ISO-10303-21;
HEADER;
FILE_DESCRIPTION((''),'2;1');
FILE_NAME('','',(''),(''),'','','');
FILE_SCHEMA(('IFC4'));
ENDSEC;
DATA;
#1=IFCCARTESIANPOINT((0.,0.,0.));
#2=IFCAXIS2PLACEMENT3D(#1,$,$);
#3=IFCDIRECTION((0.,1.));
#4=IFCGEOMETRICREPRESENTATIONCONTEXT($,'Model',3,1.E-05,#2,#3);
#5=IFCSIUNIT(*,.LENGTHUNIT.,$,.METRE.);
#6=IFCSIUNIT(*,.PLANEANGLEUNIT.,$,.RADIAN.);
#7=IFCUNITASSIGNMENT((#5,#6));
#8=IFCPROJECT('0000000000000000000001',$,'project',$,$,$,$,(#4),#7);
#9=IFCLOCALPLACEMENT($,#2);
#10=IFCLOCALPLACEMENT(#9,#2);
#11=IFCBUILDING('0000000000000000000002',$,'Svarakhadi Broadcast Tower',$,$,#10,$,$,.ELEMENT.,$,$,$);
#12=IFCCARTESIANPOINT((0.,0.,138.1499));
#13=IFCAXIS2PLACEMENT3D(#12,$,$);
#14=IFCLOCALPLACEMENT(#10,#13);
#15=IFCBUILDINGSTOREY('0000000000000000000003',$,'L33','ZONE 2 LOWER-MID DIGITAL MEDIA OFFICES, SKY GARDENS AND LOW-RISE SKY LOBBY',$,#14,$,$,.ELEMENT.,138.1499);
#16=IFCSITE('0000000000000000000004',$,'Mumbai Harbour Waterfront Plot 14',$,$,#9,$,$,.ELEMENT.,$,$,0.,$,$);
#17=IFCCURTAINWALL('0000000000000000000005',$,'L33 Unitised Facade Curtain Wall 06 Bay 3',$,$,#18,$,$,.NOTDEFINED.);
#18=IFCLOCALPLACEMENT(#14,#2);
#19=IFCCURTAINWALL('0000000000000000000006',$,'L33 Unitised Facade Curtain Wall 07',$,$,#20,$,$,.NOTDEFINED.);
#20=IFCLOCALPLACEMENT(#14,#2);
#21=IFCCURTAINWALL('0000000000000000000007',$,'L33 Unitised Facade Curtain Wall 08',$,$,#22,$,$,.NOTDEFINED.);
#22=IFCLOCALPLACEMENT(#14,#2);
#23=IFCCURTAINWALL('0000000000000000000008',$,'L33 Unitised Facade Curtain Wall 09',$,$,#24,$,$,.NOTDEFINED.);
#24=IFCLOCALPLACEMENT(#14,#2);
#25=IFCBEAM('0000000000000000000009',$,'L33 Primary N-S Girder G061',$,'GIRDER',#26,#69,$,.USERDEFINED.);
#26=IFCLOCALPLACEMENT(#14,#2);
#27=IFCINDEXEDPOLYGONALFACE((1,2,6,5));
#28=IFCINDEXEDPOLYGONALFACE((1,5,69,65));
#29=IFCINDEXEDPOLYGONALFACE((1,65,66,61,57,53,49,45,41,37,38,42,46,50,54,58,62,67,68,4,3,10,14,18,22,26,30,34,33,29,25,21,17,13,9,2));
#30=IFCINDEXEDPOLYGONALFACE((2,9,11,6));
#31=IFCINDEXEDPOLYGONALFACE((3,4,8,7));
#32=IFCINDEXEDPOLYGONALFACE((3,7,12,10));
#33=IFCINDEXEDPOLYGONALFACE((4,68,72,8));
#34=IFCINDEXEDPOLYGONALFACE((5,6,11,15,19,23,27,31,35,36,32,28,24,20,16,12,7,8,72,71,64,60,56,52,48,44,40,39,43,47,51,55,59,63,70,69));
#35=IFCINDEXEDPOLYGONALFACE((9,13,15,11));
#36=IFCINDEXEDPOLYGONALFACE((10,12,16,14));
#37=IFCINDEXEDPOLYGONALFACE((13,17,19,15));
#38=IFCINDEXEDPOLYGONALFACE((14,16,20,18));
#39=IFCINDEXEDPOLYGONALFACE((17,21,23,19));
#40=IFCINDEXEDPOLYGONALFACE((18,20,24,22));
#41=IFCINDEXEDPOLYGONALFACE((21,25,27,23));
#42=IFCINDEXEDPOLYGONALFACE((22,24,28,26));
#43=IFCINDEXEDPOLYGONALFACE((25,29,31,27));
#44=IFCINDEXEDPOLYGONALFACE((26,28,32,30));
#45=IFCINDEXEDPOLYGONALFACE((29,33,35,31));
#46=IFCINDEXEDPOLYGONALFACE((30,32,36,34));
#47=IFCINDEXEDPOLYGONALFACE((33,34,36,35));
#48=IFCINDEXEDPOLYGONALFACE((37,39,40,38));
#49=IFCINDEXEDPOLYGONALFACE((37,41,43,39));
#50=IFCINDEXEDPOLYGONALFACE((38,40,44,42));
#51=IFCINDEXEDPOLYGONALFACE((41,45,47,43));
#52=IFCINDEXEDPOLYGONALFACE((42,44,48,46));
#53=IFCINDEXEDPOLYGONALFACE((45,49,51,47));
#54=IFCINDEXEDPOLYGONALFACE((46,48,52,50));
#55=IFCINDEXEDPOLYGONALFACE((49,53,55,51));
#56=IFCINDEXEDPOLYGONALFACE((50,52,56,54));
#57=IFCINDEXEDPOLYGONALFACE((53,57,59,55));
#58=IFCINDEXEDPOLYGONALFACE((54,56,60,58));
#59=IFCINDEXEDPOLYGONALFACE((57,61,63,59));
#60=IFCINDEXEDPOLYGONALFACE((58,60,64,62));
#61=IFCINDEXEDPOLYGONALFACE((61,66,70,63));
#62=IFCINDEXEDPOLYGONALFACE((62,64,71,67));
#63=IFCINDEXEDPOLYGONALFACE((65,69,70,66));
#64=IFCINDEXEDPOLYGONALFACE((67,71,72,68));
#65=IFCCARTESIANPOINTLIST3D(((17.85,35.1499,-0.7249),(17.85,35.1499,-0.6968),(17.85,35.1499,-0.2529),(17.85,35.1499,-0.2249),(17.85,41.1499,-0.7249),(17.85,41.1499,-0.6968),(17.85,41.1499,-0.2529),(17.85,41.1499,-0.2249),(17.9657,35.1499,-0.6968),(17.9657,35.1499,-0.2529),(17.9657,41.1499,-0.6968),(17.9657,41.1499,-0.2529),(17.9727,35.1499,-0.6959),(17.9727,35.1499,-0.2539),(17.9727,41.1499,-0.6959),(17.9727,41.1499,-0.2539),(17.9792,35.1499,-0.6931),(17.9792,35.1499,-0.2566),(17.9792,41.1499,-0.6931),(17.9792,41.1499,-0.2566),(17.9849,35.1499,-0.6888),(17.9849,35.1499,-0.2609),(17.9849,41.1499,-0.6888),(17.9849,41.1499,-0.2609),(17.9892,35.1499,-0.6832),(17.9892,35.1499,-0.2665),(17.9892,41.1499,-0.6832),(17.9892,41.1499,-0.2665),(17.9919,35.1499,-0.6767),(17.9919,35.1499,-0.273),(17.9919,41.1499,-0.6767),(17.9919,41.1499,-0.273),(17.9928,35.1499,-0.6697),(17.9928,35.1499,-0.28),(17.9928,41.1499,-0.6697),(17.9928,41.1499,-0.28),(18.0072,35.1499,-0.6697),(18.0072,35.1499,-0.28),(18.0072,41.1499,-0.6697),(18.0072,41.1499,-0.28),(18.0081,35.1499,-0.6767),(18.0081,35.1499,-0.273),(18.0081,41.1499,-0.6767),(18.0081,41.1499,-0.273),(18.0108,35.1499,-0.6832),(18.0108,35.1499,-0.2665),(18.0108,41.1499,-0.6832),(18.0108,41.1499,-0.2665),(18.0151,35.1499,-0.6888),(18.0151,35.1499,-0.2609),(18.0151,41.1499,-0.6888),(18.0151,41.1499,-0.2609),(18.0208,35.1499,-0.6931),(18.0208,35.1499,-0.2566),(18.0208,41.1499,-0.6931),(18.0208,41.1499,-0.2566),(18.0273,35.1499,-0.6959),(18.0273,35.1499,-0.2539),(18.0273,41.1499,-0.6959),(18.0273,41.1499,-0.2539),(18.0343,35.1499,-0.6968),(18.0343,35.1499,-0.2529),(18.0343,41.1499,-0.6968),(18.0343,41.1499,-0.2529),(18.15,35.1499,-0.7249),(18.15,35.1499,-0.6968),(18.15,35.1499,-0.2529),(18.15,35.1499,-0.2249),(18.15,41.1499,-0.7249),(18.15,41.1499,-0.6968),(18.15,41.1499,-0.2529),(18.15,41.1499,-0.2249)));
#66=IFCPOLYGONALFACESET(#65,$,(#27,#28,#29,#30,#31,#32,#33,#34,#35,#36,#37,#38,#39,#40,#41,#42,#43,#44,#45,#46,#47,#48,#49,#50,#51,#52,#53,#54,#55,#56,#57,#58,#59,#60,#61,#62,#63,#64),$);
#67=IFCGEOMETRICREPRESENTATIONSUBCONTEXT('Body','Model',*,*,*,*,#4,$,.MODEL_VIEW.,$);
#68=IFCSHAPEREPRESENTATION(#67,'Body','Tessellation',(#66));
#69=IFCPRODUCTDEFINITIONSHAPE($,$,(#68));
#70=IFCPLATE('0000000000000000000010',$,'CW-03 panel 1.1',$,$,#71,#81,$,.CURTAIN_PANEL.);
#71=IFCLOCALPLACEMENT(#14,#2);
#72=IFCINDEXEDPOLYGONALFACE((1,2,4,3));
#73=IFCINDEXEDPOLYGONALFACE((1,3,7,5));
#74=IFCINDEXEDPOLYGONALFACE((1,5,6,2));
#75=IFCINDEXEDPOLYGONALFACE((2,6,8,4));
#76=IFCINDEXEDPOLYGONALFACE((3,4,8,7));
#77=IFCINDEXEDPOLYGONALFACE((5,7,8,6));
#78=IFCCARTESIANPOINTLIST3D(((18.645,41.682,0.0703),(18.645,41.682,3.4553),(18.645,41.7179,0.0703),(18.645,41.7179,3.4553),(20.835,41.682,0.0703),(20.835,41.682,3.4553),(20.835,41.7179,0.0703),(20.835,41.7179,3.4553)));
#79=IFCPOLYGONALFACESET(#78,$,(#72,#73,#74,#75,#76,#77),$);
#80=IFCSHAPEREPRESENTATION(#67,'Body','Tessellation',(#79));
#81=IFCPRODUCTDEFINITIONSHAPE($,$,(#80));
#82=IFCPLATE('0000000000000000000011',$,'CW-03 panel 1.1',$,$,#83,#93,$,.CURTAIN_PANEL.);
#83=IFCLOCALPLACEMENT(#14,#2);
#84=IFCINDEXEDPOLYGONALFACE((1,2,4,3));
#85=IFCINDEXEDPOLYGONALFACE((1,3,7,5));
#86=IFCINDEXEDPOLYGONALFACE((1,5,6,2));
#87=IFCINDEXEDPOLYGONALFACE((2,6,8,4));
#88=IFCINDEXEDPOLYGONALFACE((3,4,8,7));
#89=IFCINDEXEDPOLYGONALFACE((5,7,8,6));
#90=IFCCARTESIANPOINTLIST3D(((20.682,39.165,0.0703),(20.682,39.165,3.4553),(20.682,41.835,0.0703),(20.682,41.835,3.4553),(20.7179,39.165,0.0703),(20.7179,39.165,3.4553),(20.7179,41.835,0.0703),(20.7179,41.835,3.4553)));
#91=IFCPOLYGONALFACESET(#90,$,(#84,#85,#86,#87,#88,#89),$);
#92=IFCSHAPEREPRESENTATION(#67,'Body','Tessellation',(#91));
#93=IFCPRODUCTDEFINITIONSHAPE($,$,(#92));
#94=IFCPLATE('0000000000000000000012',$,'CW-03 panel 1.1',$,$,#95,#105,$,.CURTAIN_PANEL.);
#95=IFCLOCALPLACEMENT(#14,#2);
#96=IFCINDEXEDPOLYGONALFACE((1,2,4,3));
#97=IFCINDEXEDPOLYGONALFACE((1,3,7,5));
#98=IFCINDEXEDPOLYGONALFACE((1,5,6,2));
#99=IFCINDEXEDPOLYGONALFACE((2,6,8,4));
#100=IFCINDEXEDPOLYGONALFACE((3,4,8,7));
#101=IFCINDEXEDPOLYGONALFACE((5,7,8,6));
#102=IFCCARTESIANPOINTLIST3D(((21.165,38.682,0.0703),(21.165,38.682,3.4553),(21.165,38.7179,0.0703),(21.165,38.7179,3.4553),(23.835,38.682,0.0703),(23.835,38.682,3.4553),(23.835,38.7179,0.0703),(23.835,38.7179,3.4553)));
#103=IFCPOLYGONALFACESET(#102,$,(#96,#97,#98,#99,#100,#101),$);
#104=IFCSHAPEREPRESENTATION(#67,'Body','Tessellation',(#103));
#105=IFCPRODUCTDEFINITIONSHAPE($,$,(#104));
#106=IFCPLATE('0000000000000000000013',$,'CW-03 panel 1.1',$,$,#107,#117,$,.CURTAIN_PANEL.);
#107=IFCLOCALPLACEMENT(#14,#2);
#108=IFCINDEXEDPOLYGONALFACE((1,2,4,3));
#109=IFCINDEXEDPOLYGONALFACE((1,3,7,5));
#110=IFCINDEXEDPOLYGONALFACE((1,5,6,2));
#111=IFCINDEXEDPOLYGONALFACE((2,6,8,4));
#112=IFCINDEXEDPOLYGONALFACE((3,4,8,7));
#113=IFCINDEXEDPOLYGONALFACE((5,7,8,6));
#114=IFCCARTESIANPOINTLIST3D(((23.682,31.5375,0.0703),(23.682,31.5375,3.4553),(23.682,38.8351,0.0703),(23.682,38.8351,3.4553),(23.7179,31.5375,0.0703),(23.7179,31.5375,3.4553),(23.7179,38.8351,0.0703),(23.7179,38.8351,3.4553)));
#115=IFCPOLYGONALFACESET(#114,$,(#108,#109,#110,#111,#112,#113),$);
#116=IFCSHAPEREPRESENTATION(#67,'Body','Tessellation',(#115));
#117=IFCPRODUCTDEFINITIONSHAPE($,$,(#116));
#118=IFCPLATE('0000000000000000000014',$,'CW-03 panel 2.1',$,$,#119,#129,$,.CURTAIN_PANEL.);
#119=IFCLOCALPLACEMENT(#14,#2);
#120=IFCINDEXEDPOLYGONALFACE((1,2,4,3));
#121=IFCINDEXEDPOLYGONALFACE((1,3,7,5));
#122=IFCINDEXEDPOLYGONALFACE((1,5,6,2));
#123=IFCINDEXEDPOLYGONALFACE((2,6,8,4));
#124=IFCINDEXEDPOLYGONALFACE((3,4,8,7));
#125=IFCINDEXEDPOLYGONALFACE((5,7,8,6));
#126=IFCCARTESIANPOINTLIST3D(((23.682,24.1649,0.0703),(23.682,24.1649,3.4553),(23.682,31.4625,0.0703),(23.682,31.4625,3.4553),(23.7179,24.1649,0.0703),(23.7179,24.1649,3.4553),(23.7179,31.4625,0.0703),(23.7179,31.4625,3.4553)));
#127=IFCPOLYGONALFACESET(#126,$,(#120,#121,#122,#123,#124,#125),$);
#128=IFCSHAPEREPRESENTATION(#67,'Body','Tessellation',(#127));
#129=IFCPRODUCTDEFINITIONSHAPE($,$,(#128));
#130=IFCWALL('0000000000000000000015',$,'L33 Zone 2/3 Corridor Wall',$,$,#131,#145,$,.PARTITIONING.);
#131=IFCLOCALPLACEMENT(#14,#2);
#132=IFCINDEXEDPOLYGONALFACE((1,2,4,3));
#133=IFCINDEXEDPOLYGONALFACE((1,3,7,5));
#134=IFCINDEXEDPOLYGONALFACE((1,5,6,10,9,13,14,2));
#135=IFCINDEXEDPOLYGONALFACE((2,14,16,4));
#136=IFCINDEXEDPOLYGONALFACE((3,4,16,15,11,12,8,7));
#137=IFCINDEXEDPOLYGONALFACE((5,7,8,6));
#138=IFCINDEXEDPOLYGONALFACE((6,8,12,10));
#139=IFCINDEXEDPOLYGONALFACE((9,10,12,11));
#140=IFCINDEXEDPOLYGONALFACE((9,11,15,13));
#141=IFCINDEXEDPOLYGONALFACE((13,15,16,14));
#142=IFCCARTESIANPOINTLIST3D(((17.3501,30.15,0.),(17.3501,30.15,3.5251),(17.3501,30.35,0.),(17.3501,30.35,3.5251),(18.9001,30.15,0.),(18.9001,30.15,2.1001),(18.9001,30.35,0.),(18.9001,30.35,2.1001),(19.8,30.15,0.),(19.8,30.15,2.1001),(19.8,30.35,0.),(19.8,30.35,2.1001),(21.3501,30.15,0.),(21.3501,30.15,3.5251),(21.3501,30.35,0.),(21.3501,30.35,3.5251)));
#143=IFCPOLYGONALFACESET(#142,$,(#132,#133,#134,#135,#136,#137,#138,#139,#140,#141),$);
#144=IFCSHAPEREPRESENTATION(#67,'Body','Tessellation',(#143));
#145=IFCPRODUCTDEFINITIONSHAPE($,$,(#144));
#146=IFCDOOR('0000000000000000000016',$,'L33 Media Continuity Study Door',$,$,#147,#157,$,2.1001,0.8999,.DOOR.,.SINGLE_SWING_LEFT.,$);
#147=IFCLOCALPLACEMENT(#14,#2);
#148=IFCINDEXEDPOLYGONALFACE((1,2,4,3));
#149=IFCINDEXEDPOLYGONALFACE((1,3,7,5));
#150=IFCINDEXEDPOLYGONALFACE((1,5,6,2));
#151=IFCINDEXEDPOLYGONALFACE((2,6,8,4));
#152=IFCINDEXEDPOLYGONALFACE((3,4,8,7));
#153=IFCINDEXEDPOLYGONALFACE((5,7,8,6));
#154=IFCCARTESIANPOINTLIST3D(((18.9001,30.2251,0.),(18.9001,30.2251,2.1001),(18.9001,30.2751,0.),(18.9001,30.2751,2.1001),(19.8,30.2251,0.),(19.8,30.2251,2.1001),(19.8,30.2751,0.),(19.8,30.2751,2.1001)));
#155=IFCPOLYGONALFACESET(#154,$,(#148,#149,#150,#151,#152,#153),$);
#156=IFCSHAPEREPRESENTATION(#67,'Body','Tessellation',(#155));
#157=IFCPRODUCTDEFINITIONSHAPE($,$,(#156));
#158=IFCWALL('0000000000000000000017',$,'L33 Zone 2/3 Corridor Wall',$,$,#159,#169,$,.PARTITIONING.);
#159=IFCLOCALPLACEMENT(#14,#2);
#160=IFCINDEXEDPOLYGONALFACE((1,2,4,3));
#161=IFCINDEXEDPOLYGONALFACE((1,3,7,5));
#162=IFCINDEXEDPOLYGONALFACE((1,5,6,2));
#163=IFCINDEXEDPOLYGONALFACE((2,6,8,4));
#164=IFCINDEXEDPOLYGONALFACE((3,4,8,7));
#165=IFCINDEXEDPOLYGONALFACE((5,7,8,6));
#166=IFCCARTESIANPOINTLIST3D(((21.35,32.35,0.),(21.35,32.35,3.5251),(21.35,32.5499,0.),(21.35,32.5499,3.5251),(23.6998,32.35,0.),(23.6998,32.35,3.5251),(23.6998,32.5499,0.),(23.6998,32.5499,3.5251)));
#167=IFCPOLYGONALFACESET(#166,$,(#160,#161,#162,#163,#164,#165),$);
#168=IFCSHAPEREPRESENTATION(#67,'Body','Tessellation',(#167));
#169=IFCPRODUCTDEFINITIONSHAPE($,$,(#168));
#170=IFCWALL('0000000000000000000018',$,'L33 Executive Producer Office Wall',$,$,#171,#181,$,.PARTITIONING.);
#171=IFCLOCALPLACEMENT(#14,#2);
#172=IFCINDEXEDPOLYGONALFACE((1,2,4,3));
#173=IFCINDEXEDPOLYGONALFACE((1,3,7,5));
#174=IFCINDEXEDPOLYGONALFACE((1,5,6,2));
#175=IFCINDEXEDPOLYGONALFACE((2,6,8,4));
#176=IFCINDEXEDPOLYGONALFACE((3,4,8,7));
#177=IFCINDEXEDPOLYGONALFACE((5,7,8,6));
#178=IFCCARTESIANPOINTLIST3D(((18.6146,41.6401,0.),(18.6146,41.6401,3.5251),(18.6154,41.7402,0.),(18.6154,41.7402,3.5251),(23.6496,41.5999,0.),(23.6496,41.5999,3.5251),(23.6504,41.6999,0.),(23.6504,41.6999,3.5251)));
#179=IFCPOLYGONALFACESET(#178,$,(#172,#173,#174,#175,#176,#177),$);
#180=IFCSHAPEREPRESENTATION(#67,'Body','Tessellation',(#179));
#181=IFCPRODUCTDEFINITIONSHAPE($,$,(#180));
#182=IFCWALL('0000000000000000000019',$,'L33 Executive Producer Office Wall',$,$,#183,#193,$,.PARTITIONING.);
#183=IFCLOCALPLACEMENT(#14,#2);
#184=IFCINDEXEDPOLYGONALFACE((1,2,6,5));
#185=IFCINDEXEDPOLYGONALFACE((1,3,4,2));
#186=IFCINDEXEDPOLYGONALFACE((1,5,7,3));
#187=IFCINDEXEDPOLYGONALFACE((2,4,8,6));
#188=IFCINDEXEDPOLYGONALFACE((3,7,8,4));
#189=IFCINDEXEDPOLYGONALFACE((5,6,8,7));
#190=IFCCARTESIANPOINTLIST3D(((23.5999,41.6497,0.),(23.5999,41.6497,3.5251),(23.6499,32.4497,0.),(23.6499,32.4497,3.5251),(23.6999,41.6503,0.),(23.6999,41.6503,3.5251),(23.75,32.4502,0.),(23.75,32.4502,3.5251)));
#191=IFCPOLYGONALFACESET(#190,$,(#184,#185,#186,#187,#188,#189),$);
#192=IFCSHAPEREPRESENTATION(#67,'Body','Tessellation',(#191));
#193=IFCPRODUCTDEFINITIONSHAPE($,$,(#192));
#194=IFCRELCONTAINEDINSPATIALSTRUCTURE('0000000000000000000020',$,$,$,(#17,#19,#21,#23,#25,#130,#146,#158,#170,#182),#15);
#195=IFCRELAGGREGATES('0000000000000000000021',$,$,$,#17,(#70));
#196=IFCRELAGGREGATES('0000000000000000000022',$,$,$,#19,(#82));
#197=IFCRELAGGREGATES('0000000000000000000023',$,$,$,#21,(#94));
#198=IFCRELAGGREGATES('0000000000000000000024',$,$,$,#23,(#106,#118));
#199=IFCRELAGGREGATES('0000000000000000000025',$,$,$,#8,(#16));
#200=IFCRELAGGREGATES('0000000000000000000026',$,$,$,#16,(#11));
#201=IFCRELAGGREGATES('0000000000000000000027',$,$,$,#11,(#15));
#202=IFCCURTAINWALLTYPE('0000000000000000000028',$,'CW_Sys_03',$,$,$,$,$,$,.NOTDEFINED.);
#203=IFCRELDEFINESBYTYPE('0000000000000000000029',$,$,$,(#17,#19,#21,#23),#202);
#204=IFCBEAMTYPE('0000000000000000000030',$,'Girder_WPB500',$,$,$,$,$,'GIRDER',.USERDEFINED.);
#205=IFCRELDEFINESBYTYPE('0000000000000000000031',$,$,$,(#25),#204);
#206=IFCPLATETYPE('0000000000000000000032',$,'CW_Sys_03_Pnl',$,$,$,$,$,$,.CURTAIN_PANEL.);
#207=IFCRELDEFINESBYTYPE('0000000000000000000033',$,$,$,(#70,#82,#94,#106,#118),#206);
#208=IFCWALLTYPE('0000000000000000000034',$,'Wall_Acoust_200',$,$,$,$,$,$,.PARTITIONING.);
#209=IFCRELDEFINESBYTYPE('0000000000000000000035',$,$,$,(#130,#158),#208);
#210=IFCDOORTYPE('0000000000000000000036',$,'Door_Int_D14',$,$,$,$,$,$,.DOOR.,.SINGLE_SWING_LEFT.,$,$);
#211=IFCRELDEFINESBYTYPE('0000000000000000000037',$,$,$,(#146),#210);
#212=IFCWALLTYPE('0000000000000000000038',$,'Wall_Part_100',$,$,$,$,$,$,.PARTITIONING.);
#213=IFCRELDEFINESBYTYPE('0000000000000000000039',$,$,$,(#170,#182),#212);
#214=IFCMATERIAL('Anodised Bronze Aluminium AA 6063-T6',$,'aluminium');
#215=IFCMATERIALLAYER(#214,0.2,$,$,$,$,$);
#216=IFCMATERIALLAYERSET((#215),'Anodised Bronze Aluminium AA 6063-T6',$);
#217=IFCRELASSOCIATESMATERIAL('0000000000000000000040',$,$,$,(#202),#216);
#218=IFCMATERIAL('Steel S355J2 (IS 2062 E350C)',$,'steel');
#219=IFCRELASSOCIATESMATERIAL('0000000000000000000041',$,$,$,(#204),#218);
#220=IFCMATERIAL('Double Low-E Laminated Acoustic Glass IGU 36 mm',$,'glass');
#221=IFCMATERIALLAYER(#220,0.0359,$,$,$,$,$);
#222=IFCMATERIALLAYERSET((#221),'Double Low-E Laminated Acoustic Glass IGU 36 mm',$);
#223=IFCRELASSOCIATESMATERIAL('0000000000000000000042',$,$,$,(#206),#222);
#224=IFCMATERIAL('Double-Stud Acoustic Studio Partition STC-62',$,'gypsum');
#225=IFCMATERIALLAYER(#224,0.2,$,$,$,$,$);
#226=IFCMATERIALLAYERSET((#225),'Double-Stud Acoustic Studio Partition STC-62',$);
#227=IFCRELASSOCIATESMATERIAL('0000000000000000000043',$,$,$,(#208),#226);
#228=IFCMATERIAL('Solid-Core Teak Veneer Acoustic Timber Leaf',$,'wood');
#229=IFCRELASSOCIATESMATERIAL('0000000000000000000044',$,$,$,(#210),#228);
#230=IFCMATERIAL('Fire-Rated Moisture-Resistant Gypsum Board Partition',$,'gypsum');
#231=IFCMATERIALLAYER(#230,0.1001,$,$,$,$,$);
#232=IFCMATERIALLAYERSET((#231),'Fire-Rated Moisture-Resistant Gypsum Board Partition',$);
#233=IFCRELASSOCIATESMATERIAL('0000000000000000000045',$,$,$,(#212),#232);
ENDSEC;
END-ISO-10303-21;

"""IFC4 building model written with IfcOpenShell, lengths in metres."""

from ifc_helpers import new_model, si_unit, direction, frame, frame_2d, origin, origin_2d, place, context, subcontext, project, spatial, rectangle, i_section, extrude, material, layer, layer_set, material_profile, profile_set, type_object, element, fill, aggregate, save


model = new_model("IFC4")

# Units and contexts
model_context = context("Model", 3, precision=1e-05, world=origin(), true_north=direction((0.0, 1.0)))
body_context = subcontext(model_context, "Body", "Model", "MODEL_VIEW")
ifc_project = project(units=[si_unit("LENGTHUNIT", "METRE"), si_unit("PLANEANGLEUNIT", "RADIAN")], contexts=[model_context])

# Site, building, storey
site_placement = place(None, origin())
site = spatial("IfcSite", under=ifc_project, at=site_placement, Name="Mumbai Harbour Waterfront Plot 14", CompositionType="ELEMENT", RefElevation=0.0)
building_placement = place(site_placement, origin())
building = spatial("IfcBuilding", under=site, at=building_placement, Name="Svarakhadi Broadcast Tower", CompositionType="ELEMENT")
storey_placement = place(building_placement, frame((0.0, 0.0, 138.1499)))
storey = spatial("IfcBuildingStorey", under=building, at=storey_placement, Name="L33", Description="ZONE 2 LOWER-MID DIGITAL MEDIA OFFICES, SKY GARDENS AND LOW-RISE SKY LOBBY", CompositionType="ELEMENT", Elevation=138.1499)

# Curtain walls
ifc_material_1 = material(Name="Anodised Bronze Aluminium AA 6063-T6", Category="aluminium")
ifc_layer_1 = layer(ifc_material_1, 0.2)
ifc_layer_set_1 = layer_set([ifc_layer_1], Name="Anodised Bronze Aluminium AA 6063-T6")
curtain_wall_type = type_object("IfcCurtainWallType", Name="CW_Sys_03", PredefinedType="NOTDEFINED", material=ifc_layer_set_1)
curtain_wall_1_placement = place(storey_placement, origin())
curtain_wall_1 = element("IfcCurtainWall", 1, at=curtain_wall_1_placement, inside=storey, type_object=curtain_wall_type, Name="L33 Unitised Facade Curtain Wall 06 Bay 3", PredefinedType="NOTDEFINED")
curtain_wall_2_placement = place(storey_placement, origin())
curtain_wall_2 = element("IfcCurtainWall", 2, at=curtain_wall_2_placement, inside=storey, type_object=curtain_wall_type, Name="L33 Unitised Facade Curtain Wall 07", PredefinedType="NOTDEFINED")
curtain_wall_3_placement = place(storey_placement, origin())
curtain_wall_3 = element("IfcCurtainWall", 3, at=curtain_wall_3_placement, inside=storey, type_object=curtain_wall_type, Name="L33 Unitised Facade Curtain Wall 08", PredefinedType="NOTDEFINED")
curtain_wall_4_placement = place(storey_placement, origin())
curtain_wall_4 = element("IfcCurtainWall", 4, at=curtain_wall_4_placement, inside=storey, type_object=curtain_wall_type, Name="L33 Unitised Facade Curtain Wall 09", PredefinedType="NOTDEFINED")

# Beam
ifc_material_2 = material(Name="Steel S355J2 (IS 2062 E350C)", Category="steel")
ifc_material_profile_1 = material_profile(ifc_material_2, i_section(OverallWidth=0.3, OverallDepth=0.5, WebThickness=0.0144, FlangeThickness=0.0281, FilletRadius=0.0271, at=origin_2d()), Name="WPB 500x300x187")
ifc_profile_set_1 = profile_set([ifc_material_profile_1], Name="Steel S355J2 (IS 2062 E350C)")
beam_type = type_object("IfcBeamType", Name="Girder_WPB500", ElementType="GIRDER", PredefinedType="USERDEFINED", material=ifc_profile_set_1)
for number, where, z_axis, x_axis, name in (
    (5, (18.0, 35.1499, -0.4749), (0.0, 1.0, 0.0), (-1.0, 0.0, 0.0), "L33 Primary N-S Girder G061"),
):
    element("IfcBeam", number, at=place(storey_placement, frame(where, z_axis=z_axis, x_axis=x_axis)), inside=storey, type_object=beam_type, Name=name, ObjectType="GIRDER", PredefinedType="USERDEFINED", context=body_context, shape_type="SweptSolid", body=[
        extrude(i_section(OverallWidth=0.3, OverallDepth=0.5, WebThickness=0.0144, FlangeThickness=0.0281, FilletRadius=0.0271, at=origin_2d()), origin(), (0.0, 0.0, 1.0), 6.0),
    ])

# Plates
ifc_material_3 = material(Name="Double Low-E Laminated Acoustic Glass IGU 36 mm", Category="glass")
ifc_layer_2 = layer(ifc_material_3, 0.0359)
ifc_layer_set_2 = layer_set([ifc_layer_2], Name="Double Low-E Laminated Acoustic Glass IGU 36 mm")
plate_type = type_object("IfcPlateType", Name="CW_Sys_03_Pnl", PredefinedType="CURTAIN_PANEL", material=ifc_layer_set_2)
plate_1_placement = place(storey_placement, frame((19.74, 41.7, 0.0703), z_axis=(0.0, 0.0, 1.0), x_axis=(1.0, 0.0, 0.0)))
plate_1 = element("IfcPlate", 6, at=plate_1_placement, type_object=plate_type, Name="CW-03 panel 1.1", PredefinedType="CURTAIN_PANEL", context=body_context, shape_type="SweptSolid", body=[
    extrude(rectangle(XDim=2.1899, YDim=0.0359, at=origin_2d()), origin(), (0.0, 0.0, 1.0), 3.385),
])
aggregate(curtain_wall_1, [plate_1])
plate_2_placement = place(storey_placement, frame((20.7, 40.5, 0.0703), z_axis=(0.0, 0.0, 1.0), x_axis=(0.0, -1.0, 0.0)))
plate_2 = element("IfcPlate", 7, at=plate_2_placement, type_object=plate_type, Name="CW-03 panel 1.1", PredefinedType="CURTAIN_PANEL", context=body_context, shape_type="SweptSolid", body=[
    extrude(rectangle(XDim=2.6699, YDim=0.0359, at=origin_2d()), origin(), (0.0, 0.0, 1.0), 3.385),
])
aggregate(curtain_wall_2, [plate_2])
plate_3_placement = place(storey_placement, frame((22.5, 38.7, 0.0703), z_axis=(0.0, 0.0, 1.0), x_axis=(1.0, 0.0, 0.0)))
plate_3 = element("IfcPlate", 8, at=plate_3_placement, type_object=plate_type, Name="CW-03 panel 1.1", PredefinedType="CURTAIN_PANEL", context=body_context, shape_type="SweptSolid", body=[
    extrude(rectangle(XDim=2.6699, YDim=0.0359, at=origin_2d()), origin(), (0.0, 0.0, 1.0), 3.385),
])
aggregate(curtain_wall_3, [plate_3])
plate_4_placement = place(storey_placement, frame((23.7, 35.1863, 0.0703), z_axis=(0.0, 0.0, 1.0), x_axis=(0.0, -1.0, 0.0)))
plate_4 = element("IfcPlate", 9, at=plate_4_placement, type_object=plate_type, Name="CW-03 panel 1.1", PredefinedType="CURTAIN_PANEL", context=body_context, shape_type="SweptSolid", body=[
    extrude(rectangle(XDim=7.2976, YDim=0.0359, at=origin_2d()), origin(), (0.0, 0.0, 1.0), 3.385),
])
plate_5_placement = place(storey_placement, frame((23.7, 27.8137, 0.0703), z_axis=(0.0, 0.0, 1.0), x_axis=(0.0, -1.0, 0.0)))
plate_5 = element("IfcPlate", 10, at=plate_5_placement, type_object=plate_type, Name="CW-03 panel 2.1", PredefinedType="CURTAIN_PANEL", context=body_context, shape_type="SweptSolid", body=[
    extrude(rectangle(XDim=7.2976, YDim=0.0359, at=origin_2d()), origin(), (0.0, 0.0, 1.0), 3.385),
])
aggregate(curtain_wall_4, [plate_4, plate_5])

# Wall, opening, door
ifc_material_4 = material(Name="Double-Stud Acoustic Studio Partition STC-62", Category="gypsum")
ifc_layer_3 = layer(ifc_material_4, 0.2)
ifc_layer_set_3 = layer_set([ifc_layer_3], Name="Double-Stud Acoustic Studio Partition STC-62")
wall_type_1 = type_object("IfcWallType", Name="Wall_Acoust_200", PredefinedType="PARTITIONING", material=ifc_layer_set_3)
wall_1_placement = place(storey_placement, frame((21.3501, 30.25, 0.0), z_axis=(0.0, 0.0, 1.0), x_axis=(-1.0, 0.0, 0.0)))
wall_1 = element("IfcWall", 11, at=wall_1_placement, inside=storey, type_object=wall_type_1, Name="L33 Zone 2/3 Corridor Wall", PredefinedType="PARTITIONING", context=body_context, shape_type="SweptSolid", body=[
    extrude(rectangle(XDim=4.0, YDim=0.2, at=frame_2d((2.0, 0.0))), origin(), (0.0, 0.0, 1.0), 3.5251),
])
opening_placement = place(wall_1_placement, frame((1.55, 0.0, 0.0)))
opening = element("IfcOpeningElement", 12, at=opening_placement, cuts=wall_1, PredefinedType="OPENING", context=body_context, shape_type="SweptSolid", body=[
    extrude(rectangle(XDim=0.8999, YDim=2.1001, at=frame_2d((0.45, 1.05))), frame((0.0, 0.1099, 0.0), z_axis=(0.0, -1.0, 0.0), x_axis=(1.0, 0.0, 0.0)), (0.0, 0.0, 1.0), 0.22),
])
ifc_material_5 = material(Name="Solid-Core Teak Veneer Acoustic Timber Leaf", Category="wood")
door_type = type_object("IfcDoorType", Name="Door_Int_D14", OperationType="SINGLE_SWING_LEFT", PredefinedType="DOOR", material=ifc_material_5)
door_placement = place(opening_placement, origin())
door = element("IfcDoor", 13, at=door_placement, inside=storey, type_object=door_type, Name="L33 Media Continuity Study Door", OperationType="SINGLE_SWING_LEFT", OverallHeight=2.1001, OverallWidth=0.8999, PredefinedType="DOOR", context=body_context, shape_type="SweptSolid", body=[
    extrude(rectangle(XDim=0.8999, YDim=2.1001, at=frame_2d((0.45, 1.05))), frame((0.0, 0.0249, 0.0), z_axis=(0.0, -1.0, 0.0), x_axis=(1.0, 0.0, 0.0)), (0.0, 0.0, 1.0), 0.05),
])
fill(opening, door)

# Walls
wall_2_placement = place(storey_placement, frame((21.3501, 32.45, 0.0), z_axis=(0.0, 0.0, 1.0), x_axis=(1.0, 0.0, 0.0)))
element("IfcWall", 14, at=wall_2_placement, inside=storey, type_object=wall_type_1, Name="L33 Zone 2/3 Corridor Wall", PredefinedType="PARTITIONING", context=body_context, shape_type="SweptSolid", body=[
    extrude(rectangle(XDim=2.3499, YDim=0.2, at=frame_2d((1.1748, 0.0))), origin(), (0.0, 0.0, 1.0), 3.5251),
])
ifc_material_6 = material(Name="Fire-Rated Moisture-Resistant Gypsum Board Partition", Category="gypsum")
ifc_layer_4 = layer(ifc_material_6, 0.1001)
ifc_layer_set_4 = layer_set([ifc_layer_4], Name="Fire-Rated Moisture-Resistant Gypsum Board Partition")
wall_type_2 = type_object("IfcWallType", Name="Wall_Part_100", PredefinedType="PARTITIONING", material=ifc_layer_set_4)
wall_3_placement = place(storey_placement, frame((18.615, 41.6902, 0.0), z_axis=(0.0, 0.0, 1.0), x_axis=(0.999968, -0.008001, 0.0)))
element("IfcWall", 15, at=wall_3_placement, inside=storey, type_object=wall_type_2, Name="L33 Executive Producer Office Wall", PredefinedType="PARTITIONING", context=body_context, shape_type="SweptSolid", body=[
    extrude(rectangle(XDim=5.0352, YDim=0.1001, at=frame_2d((2.5176, 0.0))), origin(), (0.0, 0.0, 1.0), 3.5251),
])
wall_4_placement = place(storey_placement, frame((23.7, 32.45, 0.0), z_axis=(0.0, 0.0, 1.0), x_axis=(-0.00544, 0.999985, 0.0)))
element("IfcWall", 16, at=wall_4_placement, inside=storey, type_object=wall_type_2, Name="L33 Executive Producer Office Wall", PredefinedType="PARTITIONING", context=body_context, shape_type="SweptSolid", body=[
    extrude(rectangle(XDim=9.2002, YDim=0.1001, at=frame_2d((4.6001, 0.0))), origin(), (0.0, 0.0, 1.0), 3.5251),
])

save(model, "model.ifc")
